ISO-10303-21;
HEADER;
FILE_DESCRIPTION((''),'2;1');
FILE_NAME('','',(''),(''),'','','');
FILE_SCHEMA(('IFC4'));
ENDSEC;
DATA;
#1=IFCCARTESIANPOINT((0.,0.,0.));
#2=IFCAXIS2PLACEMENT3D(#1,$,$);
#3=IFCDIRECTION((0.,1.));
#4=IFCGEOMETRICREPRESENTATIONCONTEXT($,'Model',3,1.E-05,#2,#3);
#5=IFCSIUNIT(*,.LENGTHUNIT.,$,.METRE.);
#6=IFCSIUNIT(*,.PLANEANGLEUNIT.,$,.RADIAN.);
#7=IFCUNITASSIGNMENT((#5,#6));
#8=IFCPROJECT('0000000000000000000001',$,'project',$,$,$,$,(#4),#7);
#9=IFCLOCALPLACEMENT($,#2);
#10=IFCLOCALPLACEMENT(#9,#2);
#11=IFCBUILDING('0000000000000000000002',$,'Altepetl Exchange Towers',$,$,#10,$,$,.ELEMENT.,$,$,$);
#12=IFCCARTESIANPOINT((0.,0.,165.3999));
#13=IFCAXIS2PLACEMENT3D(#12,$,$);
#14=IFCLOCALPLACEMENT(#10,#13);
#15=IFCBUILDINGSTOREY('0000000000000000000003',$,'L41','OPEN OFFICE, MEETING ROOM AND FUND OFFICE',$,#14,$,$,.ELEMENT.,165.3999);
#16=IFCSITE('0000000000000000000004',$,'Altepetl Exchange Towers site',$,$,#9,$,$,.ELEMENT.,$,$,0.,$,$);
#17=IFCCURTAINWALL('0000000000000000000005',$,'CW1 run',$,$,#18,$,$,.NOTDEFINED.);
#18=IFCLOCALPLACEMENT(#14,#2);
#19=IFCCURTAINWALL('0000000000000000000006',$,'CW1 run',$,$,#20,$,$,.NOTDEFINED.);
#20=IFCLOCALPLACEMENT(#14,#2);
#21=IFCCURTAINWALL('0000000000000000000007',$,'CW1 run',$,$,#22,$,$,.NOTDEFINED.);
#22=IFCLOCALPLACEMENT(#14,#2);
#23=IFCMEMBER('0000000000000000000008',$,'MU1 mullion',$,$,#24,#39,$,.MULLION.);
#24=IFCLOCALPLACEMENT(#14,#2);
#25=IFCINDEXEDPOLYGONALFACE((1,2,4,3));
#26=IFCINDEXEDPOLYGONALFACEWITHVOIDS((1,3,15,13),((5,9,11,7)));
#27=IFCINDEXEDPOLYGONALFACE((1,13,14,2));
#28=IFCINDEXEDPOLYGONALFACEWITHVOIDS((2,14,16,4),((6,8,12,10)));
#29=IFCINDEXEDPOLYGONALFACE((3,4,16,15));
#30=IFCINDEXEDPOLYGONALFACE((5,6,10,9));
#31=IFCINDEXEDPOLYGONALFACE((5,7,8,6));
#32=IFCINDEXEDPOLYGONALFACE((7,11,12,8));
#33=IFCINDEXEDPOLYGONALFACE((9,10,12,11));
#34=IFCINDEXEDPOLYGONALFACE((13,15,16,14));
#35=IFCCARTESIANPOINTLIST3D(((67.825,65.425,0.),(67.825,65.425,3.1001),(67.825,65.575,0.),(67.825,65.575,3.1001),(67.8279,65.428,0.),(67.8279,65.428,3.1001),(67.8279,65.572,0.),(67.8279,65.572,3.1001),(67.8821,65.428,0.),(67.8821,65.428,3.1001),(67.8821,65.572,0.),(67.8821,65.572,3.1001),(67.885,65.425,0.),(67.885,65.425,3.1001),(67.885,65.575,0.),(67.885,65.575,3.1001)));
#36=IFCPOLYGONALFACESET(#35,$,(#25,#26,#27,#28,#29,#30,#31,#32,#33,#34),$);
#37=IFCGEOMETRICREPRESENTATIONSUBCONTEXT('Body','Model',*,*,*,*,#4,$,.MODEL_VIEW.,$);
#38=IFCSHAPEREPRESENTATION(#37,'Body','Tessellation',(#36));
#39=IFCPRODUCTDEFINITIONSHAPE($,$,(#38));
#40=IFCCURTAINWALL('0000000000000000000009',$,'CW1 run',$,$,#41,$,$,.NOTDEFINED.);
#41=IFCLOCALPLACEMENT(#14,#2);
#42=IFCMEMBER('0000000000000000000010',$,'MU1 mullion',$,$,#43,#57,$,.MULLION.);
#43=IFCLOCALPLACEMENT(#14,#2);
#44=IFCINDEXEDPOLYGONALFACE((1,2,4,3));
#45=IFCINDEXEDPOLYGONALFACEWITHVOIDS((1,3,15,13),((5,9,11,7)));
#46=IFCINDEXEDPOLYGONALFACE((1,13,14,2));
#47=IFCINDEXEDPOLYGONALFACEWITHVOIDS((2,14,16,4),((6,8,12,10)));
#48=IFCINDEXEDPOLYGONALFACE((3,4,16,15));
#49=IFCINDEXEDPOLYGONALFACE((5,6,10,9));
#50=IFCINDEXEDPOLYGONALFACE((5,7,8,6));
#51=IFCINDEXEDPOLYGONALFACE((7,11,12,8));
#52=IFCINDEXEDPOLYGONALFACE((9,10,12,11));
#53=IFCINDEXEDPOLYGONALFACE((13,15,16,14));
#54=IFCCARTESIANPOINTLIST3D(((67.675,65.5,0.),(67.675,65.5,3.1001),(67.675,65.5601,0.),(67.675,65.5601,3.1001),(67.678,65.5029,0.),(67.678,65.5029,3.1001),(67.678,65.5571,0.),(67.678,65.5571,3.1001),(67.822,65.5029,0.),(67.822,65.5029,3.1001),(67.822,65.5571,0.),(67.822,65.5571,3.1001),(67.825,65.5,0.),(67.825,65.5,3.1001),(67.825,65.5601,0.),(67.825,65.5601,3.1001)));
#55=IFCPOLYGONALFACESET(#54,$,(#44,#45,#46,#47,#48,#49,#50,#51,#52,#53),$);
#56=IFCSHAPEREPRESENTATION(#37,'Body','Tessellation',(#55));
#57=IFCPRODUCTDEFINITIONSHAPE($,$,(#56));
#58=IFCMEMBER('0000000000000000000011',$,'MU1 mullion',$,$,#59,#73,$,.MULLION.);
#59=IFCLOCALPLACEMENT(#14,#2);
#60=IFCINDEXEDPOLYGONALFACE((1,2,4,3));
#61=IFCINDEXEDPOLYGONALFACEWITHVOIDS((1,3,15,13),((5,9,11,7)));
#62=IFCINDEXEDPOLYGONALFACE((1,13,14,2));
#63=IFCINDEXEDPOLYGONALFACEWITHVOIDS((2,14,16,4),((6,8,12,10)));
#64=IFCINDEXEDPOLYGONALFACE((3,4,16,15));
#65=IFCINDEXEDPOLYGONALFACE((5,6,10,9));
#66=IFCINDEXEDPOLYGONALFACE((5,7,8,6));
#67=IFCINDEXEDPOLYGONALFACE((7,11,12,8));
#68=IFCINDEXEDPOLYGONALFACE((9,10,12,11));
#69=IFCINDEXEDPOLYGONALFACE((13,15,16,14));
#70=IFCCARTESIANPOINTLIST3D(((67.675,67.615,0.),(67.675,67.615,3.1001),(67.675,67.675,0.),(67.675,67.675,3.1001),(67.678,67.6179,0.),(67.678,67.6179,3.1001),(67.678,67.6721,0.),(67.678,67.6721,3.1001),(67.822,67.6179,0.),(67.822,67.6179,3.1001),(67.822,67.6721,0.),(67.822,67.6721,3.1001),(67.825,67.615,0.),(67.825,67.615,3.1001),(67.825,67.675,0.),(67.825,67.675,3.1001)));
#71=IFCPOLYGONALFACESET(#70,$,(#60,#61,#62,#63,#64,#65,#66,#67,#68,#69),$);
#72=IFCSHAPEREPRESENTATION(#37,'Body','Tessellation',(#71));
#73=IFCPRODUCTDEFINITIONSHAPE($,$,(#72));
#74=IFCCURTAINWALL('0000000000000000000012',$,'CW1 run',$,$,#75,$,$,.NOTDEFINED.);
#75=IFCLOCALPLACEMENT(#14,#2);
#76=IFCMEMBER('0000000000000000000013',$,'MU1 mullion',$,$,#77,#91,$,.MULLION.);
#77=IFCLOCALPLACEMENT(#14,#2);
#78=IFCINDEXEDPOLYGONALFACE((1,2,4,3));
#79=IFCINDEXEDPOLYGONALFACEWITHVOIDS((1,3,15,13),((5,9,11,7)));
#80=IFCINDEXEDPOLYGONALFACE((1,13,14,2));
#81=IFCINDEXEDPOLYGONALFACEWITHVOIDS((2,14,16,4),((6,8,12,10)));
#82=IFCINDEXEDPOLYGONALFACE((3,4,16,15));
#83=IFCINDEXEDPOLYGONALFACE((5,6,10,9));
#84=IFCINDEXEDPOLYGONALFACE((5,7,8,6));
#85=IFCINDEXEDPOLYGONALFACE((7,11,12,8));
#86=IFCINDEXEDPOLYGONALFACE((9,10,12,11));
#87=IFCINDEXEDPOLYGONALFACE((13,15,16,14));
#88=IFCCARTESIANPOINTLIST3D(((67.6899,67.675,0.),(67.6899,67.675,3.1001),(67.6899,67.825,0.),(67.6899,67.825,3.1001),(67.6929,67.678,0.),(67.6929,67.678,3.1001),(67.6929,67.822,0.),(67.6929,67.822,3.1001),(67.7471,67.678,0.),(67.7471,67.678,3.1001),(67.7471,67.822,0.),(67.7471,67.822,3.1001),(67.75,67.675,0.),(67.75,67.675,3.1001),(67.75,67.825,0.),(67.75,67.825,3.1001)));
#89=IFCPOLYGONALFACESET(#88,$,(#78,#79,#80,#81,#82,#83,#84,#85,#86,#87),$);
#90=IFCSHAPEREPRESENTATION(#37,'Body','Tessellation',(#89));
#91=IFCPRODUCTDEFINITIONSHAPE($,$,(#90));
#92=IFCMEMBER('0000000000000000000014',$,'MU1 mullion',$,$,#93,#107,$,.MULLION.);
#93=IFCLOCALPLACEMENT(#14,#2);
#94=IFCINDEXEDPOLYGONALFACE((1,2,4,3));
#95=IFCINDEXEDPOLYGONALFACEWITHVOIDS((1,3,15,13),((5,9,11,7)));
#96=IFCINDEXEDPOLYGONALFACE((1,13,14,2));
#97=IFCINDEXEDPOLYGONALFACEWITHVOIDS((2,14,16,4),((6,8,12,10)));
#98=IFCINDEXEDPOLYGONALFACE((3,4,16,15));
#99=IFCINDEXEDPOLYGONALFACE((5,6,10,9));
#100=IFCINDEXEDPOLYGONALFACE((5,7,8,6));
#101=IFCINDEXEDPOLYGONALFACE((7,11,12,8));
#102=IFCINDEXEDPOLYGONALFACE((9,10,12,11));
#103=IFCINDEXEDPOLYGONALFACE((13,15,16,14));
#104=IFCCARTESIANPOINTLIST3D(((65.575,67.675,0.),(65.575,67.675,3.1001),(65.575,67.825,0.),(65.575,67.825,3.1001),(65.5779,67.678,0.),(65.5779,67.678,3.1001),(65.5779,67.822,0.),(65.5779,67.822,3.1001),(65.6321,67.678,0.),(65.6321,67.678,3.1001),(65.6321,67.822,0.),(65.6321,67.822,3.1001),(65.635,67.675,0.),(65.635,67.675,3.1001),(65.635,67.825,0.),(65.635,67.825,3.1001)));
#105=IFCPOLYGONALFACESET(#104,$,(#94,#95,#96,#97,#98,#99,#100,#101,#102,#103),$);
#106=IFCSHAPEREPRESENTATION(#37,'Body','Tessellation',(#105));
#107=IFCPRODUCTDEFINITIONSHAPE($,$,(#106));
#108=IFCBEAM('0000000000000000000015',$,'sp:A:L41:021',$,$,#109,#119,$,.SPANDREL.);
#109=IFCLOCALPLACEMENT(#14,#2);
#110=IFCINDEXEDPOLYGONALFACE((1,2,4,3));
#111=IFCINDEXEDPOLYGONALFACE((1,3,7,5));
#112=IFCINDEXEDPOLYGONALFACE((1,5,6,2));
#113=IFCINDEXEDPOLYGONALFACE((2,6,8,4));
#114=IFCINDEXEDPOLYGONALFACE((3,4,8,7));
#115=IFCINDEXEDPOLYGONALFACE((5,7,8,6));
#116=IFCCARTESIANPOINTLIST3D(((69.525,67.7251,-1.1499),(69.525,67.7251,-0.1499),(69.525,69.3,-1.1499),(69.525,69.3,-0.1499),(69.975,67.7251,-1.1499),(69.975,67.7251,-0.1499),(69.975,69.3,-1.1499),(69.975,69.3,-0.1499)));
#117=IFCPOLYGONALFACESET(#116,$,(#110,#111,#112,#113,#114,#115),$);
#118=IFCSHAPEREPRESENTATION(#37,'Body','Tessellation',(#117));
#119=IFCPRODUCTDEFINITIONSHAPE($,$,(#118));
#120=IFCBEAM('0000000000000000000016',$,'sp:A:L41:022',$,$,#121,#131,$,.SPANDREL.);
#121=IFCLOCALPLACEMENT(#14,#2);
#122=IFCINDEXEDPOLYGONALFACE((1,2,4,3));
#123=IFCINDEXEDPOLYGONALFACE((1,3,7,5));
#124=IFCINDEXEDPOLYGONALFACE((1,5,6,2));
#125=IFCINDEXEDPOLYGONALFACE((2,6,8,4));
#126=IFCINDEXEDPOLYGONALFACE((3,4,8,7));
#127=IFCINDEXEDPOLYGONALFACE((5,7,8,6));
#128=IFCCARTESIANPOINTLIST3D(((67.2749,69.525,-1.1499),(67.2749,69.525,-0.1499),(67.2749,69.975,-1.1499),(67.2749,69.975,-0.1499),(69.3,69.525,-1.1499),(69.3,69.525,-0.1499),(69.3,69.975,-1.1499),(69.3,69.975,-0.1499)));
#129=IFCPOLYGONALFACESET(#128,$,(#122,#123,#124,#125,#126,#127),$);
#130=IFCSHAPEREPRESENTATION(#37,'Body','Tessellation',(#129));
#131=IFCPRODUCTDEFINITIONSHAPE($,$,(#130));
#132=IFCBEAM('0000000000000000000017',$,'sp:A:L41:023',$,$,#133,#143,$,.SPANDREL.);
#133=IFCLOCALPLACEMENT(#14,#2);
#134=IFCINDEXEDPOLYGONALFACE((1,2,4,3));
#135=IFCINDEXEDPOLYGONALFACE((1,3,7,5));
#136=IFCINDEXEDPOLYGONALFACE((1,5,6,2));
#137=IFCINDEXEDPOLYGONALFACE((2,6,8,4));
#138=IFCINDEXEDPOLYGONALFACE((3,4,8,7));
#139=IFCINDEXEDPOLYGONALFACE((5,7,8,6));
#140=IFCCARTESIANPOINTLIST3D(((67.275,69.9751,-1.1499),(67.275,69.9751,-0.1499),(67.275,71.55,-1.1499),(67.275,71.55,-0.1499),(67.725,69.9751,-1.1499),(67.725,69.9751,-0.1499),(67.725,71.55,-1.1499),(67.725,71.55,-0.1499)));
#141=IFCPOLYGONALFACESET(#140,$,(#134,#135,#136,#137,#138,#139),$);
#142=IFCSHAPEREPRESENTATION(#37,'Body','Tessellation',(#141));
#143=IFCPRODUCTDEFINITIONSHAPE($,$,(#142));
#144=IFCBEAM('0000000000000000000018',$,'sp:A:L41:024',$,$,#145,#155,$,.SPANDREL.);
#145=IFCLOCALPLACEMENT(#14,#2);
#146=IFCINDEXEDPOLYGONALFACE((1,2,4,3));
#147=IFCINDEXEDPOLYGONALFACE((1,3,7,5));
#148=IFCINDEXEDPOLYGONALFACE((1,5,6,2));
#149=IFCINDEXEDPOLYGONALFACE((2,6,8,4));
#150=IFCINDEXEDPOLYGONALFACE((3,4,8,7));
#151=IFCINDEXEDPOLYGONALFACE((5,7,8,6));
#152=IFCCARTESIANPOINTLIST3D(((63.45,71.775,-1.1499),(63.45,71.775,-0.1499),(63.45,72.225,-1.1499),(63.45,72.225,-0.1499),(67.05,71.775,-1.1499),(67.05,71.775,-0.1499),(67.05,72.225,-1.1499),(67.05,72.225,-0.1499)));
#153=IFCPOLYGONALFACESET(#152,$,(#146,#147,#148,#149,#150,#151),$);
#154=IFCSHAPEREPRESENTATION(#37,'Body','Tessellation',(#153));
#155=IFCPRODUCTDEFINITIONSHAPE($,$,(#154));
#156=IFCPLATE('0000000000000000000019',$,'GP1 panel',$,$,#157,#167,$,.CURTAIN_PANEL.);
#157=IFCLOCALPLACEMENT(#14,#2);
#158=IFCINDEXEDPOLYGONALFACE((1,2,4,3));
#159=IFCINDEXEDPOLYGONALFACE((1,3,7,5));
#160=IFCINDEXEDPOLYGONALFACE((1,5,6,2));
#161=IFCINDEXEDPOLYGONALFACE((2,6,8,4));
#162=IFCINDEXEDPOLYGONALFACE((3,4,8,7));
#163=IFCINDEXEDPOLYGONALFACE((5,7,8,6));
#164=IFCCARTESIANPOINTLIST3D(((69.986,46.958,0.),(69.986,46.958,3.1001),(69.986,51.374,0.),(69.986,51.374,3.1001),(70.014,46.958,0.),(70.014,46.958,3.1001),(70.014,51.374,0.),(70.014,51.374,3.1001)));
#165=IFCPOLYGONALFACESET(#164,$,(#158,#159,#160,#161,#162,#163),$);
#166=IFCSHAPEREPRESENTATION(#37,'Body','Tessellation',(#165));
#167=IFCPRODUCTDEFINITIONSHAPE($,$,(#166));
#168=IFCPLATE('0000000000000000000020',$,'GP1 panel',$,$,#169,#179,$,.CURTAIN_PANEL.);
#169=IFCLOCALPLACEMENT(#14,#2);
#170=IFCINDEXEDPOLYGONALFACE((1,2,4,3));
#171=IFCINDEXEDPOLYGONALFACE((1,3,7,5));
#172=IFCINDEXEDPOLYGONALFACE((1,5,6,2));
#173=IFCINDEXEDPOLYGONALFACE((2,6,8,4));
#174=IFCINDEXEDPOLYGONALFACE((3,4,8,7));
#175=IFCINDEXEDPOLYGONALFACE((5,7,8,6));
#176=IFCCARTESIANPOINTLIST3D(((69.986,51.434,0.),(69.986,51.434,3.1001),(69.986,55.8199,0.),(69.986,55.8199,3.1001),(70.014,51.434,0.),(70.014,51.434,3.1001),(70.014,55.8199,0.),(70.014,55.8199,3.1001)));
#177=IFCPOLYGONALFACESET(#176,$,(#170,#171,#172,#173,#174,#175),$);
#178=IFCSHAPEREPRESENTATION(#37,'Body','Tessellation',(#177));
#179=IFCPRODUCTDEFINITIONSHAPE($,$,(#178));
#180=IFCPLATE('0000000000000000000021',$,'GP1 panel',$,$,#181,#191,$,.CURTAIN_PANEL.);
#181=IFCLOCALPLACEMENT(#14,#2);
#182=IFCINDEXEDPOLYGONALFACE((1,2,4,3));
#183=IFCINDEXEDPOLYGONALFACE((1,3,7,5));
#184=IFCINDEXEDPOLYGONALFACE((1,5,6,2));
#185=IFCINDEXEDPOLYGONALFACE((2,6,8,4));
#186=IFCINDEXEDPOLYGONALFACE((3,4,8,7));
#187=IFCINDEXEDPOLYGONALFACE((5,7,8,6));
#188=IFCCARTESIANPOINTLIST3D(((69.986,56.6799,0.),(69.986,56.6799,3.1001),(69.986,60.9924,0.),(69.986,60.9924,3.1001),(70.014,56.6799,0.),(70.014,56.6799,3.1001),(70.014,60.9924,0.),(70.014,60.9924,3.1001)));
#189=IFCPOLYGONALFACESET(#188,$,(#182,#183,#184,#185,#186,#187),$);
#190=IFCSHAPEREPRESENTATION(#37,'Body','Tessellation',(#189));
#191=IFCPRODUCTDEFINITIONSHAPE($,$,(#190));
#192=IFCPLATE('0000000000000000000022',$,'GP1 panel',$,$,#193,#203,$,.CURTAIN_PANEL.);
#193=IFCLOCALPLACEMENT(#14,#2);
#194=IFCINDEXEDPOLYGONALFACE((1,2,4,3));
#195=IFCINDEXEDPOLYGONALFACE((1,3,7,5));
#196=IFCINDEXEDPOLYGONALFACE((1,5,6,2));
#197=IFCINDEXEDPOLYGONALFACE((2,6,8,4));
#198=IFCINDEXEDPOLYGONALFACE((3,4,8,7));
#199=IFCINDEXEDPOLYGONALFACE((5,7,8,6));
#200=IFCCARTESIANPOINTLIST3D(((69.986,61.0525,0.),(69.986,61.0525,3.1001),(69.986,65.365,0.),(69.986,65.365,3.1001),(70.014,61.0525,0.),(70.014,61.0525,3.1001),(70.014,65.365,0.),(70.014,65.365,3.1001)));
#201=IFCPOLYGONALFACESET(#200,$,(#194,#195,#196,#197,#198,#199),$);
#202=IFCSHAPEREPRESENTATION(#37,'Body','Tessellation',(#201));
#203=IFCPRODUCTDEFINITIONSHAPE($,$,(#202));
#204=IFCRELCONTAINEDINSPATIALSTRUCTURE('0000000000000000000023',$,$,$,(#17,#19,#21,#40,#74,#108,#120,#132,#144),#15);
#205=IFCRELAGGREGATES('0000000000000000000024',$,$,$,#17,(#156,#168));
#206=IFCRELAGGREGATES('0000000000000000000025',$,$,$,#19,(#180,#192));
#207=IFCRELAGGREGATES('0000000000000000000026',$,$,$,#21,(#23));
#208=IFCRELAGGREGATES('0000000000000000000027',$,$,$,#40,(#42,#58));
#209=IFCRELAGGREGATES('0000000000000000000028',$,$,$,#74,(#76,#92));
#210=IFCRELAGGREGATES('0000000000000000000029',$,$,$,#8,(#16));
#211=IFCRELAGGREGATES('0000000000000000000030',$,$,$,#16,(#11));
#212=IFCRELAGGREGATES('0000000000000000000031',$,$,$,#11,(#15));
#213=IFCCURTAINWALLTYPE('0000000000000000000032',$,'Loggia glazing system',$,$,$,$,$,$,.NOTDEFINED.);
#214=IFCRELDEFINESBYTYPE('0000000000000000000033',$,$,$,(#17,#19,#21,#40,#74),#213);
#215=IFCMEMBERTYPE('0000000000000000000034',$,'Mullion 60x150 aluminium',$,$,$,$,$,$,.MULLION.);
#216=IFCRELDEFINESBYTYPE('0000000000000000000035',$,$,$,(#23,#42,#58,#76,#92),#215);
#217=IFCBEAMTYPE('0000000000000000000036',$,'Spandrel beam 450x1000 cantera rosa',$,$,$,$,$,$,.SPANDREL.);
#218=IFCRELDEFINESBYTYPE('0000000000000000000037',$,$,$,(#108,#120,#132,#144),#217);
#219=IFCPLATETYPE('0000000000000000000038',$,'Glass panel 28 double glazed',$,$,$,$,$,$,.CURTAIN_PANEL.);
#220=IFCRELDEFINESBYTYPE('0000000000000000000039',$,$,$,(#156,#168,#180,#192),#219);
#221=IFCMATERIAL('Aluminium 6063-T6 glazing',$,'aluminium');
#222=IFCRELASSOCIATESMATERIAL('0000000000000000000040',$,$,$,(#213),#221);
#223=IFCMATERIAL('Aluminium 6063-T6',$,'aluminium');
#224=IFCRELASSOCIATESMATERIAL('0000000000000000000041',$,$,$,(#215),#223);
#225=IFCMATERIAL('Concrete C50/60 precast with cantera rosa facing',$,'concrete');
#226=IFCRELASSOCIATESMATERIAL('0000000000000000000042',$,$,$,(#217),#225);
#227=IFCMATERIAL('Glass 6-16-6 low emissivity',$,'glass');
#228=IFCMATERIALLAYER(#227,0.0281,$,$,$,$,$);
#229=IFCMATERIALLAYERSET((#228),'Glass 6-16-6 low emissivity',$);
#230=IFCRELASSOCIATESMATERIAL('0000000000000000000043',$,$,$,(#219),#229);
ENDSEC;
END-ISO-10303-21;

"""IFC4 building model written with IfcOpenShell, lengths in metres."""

from ifc_helpers import new_model, si_unit, direction, frame, origin, origin_2d, place, context, subcontext, project, spatial, rectangle, hollow_rectangle, extrude, material, layer, layer_set, material_profile, profile_set, type_object, element, aggregate, save


model = new_model("IFC4")

# Units and contexts
model_context = context("Model", 3, precision=1e-05, world=origin(), true_north=direction((0.0, 1.0)))
body_context = subcontext(model_context, "Body", "Model", "MODEL_VIEW")
ifc_project = project(units=[si_unit("LENGTHUNIT", "METRE"), si_unit("PLANEANGLEUNIT", "RADIAN")], contexts=[model_context])

# Site, building, storey
site_placement = place(None, origin())
site = spatial("IfcSite", under=ifc_project, at=site_placement, Name="Altepetl Exchange Towers site", CompositionType="ELEMENT", RefElevation=0.0)
building_placement = place(site_placement, origin())
building = spatial("IfcBuilding", under=site, at=building_placement, Name="Altepetl Exchange Towers", CompositionType="ELEMENT")
storey_placement = place(building_placement, frame((0.0, 0.0, 165.3999)))
storey = spatial("IfcBuildingStorey", under=building, at=storey_placement, Name="L41", Description="OPEN OFFICE, MEETING ROOM AND FUND OFFICE", CompositionType="ELEMENT", Elevation=165.3999)

# Curtain walls, members
ifc_material_1 = material(Name="Aluminium 6063-T6 glazing", Category="aluminium")
curtain_wall_type = type_object("IfcCurtainWallType", Name="Loggia glazing system", PredefinedType="NOTDEFINED", material=ifc_material_1)
curtain_wall_1_placement = place(storey_placement, origin())
curtain_wall_1 = element("IfcCurtainWall", 1, at=curtain_wall_1_placement, inside=storey, type_object=curtain_wall_type, Name="CW1 run", PredefinedType="NOTDEFINED")
ifc_material_2 = material(Name="Aluminium 6063-T6", Category="aluminium")
ifc_material_profile_1 = material_profile(ifc_material_2, hollow_rectangle(XDim=0.0601, YDim=0.1499, WallThickness=0.0029, at=origin_2d()), Name="Mullion 60x150 aluminium")
ifc_profile_set_1 = profile_set([ifc_material_profile_1], Name="Aluminium 6063-T6")
member_type = type_object("IfcMemberType", Name="Mullion 60x150 aluminium", PredefinedType="MULLION", material=ifc_profile_set_1)
curtain_wall_2_placement = place(storey_placement, origin())
curtain_wall_2 = element("IfcCurtainWall", 2, at=curtain_wall_2_placement, inside=storey, type_object=curtain_wall_type, Name="CW1 run", PredefinedType="NOTDEFINED")
curtain_wall_3_placement = place(storey_placement, origin())
curtain_wall_3 = element("IfcCurtainWall", 3, at=curtain_wall_3_placement, inside=storey, type_object=curtain_wall_type, Name="CW1 run", PredefinedType="NOTDEFINED")
member_1_placement = place(storey_placement, frame((67.855, 65.5, 0.0), z_axis=(0.0, 0.0, 1.0), x_axis=(-1.0, 0.0, 0.0)))
member_1 = element("IfcMember", 4, at=member_1_placement, type_object=member_type, Name="MU1 mullion", PredefinedType="MULLION", context=body_context, shape_type="SweptSolid", body=[
    extrude(hollow_rectangle(XDim=0.0601, YDim=0.1499, WallThickness=0.0029, at=origin_2d()), origin(), (0.0, 0.0, 1.0), 3.1001),
])
curtain_wall_4_placement = place(storey_placement, origin())
curtain_wall_4 = element("IfcCurtainWall", 5, at=curtain_wall_4_placement, inside=storey, type_object=curtain_wall_type, Name="CW1 run", PredefinedType="NOTDEFINED")
member_2_placement = place(storey_placement, frame((67.75, 65.53, 0.0), z_axis=(0.0, 0.0, 1.0), x_axis=(0.0, 1.0, 0.0)))
member_2 = element("IfcMember", 6, at=member_2_placement, type_object=member_type, Name="MU1 mullion", PredefinedType="MULLION", context=body_context, shape_type="SweptSolid", body=[
    extrude(hollow_rectangle(XDim=0.0601, YDim=0.1499, WallThickness=0.0029, at=origin_2d()), origin(), (0.0, 0.0, 1.0), 3.1001),
])
member_3_placement = place(storey_placement, frame((67.75, 67.645, 0.0), z_axis=(0.0, 0.0, 1.0), x_axis=(0.0, 1.0, 0.0)))
member_3 = element("IfcMember", 7, at=member_3_placement, type_object=member_type, Name="MU1 mullion", PredefinedType="MULLION", context=body_context, shape_type="SweptSolid", body=[
    extrude(hollow_rectangle(XDim=0.0601, YDim=0.1499, WallThickness=0.0029, at=origin_2d()), origin(), (0.0, 0.0, 1.0), 3.1001),
])
curtain_wall_5_placement = place(storey_placement, origin())
curtain_wall_5 = element("IfcCurtainWall", 8, at=curtain_wall_5_placement, inside=storey, type_object=curtain_wall_type, Name="CW1 run", PredefinedType="NOTDEFINED")
member_4_placement = place(storey_placement, frame((67.72, 67.75, 0.0), z_axis=(0.0, 0.0, 1.0), x_axis=(-1.0, 0.0, 0.0)))
member_4 = element("IfcMember", 9, at=member_4_placement, type_object=member_type, Name="MU1 mullion", PredefinedType="MULLION", context=body_context, shape_type="SweptSolid", body=[
    extrude(hollow_rectangle(XDim=0.0601, YDim=0.1499, WallThickness=0.0029, at=origin_2d()), origin(), (0.0, 0.0, 1.0), 3.1001),
])
member_5_placement = place(storey_placement, frame((65.605, 67.75, 0.0), z_axis=(0.0, 0.0, 1.0), x_axis=(-1.0, 0.0, 0.0)))
member_5 = element("IfcMember", 10, at=member_5_placement, type_object=member_type, Name="MU1 mullion", PredefinedType="MULLION", context=body_context, shape_type="SweptSolid", body=[
    extrude(hollow_rectangle(XDim=0.0601, YDim=0.1499, WallThickness=0.0029, at=origin_2d()), origin(), (0.0, 0.0, 1.0), 3.1001),
])

# Beams
ifc_material_3 = material(Name="Concrete C50/60 precast with cantera rosa facing", Category="concrete")
ifc_material_profile_2 = material_profile(ifc_material_3, rectangle(XDim=0.45, YDim=1.0, at=origin_2d()), Name="450 x 1000")
ifc_profile_set_2 = profile_set([ifc_material_profile_2], Name="Concrete C50/60 precast with cantera rosa facing")
beam_type_1 = type_object("IfcBeamType", Name="Spandrel beam 450x1000 cantera rosa", PredefinedType="SPANDREL", material=ifc_profile_set_2)
beam_1_placement = place(storey_placement, frame((69.75, 67.7251, -0.6499), z_axis=(0.0, 1.0, 0.0), x_axis=(-1.0, 0.0, 0.0)))
element("IfcBeam", 11, at=beam_1_placement, inside=storey, type_object=beam_type_1, Name="sp:A:L41:021", PredefinedType="SPANDREL", context=body_context, shape_type="SweptSolid", body=[
    extrude(rectangle(XDim=0.45, YDim=1.0, at=origin_2d()), origin(), (0.0, 0.0, 1.0), 1.575),
])
beam_2_placement = place(storey_placement, frame((69.3, 69.75, -0.6499), z_axis=(-1.0, 0.0, 0.0), x_axis=(0.0, -1.0, 0.0)))
element("IfcBeam", 12, at=beam_2_placement, inside=storey, type_object=beam_type_1, Name="sp:A:L41:022", PredefinedType="SPANDREL", context=body_context, shape_type="SweptSolid", body=[
    extrude(rectangle(XDim=0.45, YDim=1.0, at=origin_2d()), origin(), (0.0, 0.0, 1.0), 2.0251),
])
beam_3_placement = place(storey_placement, frame((67.5, 69.9751, -0.6499), z_axis=(0.0, 1.0, 0.0), x_axis=(-1.0, 0.0, 0.0)))
element("IfcBeam", 13, at=beam_3_placement, inside=storey, type_object=beam_type_1, Name="sp:A:L41:023", PredefinedType="SPANDREL", context=body_context, shape_type="SweptSolid", body=[
    extrude(rectangle(XDim=0.45, YDim=1.0, at=origin_2d()), origin(), (0.0, 0.0, 1.0), 1.575),
])
beam_4_placement = place(storey_placement, frame((67.05, 72.0, -0.6499), z_axis=(-1.0, 0.0, 0.0), x_axis=(0.0, -1.0, 0.0)))
element("IfcBeam", 14, at=beam_4_placement, inside=storey, type_object=beam_type_1, Name="sp:A:L41:024", PredefinedType="SPANDREL", context=body_context, shape_type="SweptSolid", body=[
    extrude(rectangle(XDim=0.45, YDim=1.0, at=origin_2d()), origin(), (0.0, 0.0, 1.0), 3.6001),
])

# Plates
ifc_material_4 = material(Name="Glass 6-16-6 low emissivity", Category="glass")
ifc_layer_1 = layer(ifc_material_4, 0.0281)
ifc_layer_set_1 = layer_set([ifc_layer_1], Name="Glass 6-16-6 low emissivity")
plate_type = type_object("IfcPlateType", Name="Glass panel 28 double glazed", PredefinedType="CURTAIN_PANEL", material=ifc_layer_set_1)
plate_1_placement = place(storey_placement, frame((70.0, 49.166, 0.0), z_axis=(0.0, 0.0, 1.0), x_axis=(0.0, 1.0, 0.0)))
plate_1 = element("IfcPlate", 15, at=plate_1_placement, type_object=plate_type, Name="GP1 panel", PredefinedType="CURTAIN_PANEL", context=body_context, shape_type="SweptSolid", body=[
    extrude(rectangle(XDim=4.416, YDim=0.0281, at=origin_2d()), origin(), (0.0, 0.0, 1.0), 3.1001),
])
plate_2_placement = place(storey_placement, frame((70.0, 53.627, 0.0), z_axis=(0.0, 0.0, 1.0), x_axis=(0.0, 1.0, 0.0)))
plate_2 = element("IfcPlate", 16, at=plate_2_placement, type_object=plate_type, Name="GP1 panel", PredefinedType="CURTAIN_PANEL", context=body_context, shape_type="SweptSolid", body=[
    extrude(rectangle(XDim=4.386, YDim=0.0281, at=origin_2d()), origin(), (0.0, 0.0, 1.0), 3.1001),
])
aggregate(curtain_wall_1, [plate_1, plate_2])
plate_3_placement = place(storey_placement, frame((70.0, 58.8362, 0.0), z_axis=(0.0, 0.0, 1.0), x_axis=(0.0, 1.0, 0.0)))
plate_3 = element("IfcPlate", 17, at=plate_3_placement, type_object=plate_type, Name="GP1 panel", PredefinedType="CURTAIN_PANEL", context=body_context, shape_type="SweptSolid", body=[
    extrude(rectangle(XDim=4.3125, YDim=0.0281, at=origin_2d()), origin(), (0.0, 0.0, 1.0), 3.1001),
])
plate_4_placement = place(storey_placement, frame((70.0, 63.2087, 0.0), z_axis=(0.0, 0.0, 1.0), x_axis=(0.0, 1.0, 0.0)))
plate_4 = element("IfcPlate", 18, at=plate_4_placement, type_object=plate_type, Name="GP1 panel", PredefinedType="CURTAIN_PANEL", context=body_context, shape_type="SweptSolid", body=[
    extrude(rectangle(XDim=4.3125, YDim=0.0281, at=origin_2d()), origin(), (0.0, 0.0, 1.0), 3.1001),
])
aggregate(curtain_wall_2, [plate_3, plate_4])
aggregate(curtain_wall_3, [member_1])
aggregate(curtain_wall_4, [member_2, member_3])
aggregate(curtain_wall_5, [member_4, member_5])

save(model, "model.ifc")
